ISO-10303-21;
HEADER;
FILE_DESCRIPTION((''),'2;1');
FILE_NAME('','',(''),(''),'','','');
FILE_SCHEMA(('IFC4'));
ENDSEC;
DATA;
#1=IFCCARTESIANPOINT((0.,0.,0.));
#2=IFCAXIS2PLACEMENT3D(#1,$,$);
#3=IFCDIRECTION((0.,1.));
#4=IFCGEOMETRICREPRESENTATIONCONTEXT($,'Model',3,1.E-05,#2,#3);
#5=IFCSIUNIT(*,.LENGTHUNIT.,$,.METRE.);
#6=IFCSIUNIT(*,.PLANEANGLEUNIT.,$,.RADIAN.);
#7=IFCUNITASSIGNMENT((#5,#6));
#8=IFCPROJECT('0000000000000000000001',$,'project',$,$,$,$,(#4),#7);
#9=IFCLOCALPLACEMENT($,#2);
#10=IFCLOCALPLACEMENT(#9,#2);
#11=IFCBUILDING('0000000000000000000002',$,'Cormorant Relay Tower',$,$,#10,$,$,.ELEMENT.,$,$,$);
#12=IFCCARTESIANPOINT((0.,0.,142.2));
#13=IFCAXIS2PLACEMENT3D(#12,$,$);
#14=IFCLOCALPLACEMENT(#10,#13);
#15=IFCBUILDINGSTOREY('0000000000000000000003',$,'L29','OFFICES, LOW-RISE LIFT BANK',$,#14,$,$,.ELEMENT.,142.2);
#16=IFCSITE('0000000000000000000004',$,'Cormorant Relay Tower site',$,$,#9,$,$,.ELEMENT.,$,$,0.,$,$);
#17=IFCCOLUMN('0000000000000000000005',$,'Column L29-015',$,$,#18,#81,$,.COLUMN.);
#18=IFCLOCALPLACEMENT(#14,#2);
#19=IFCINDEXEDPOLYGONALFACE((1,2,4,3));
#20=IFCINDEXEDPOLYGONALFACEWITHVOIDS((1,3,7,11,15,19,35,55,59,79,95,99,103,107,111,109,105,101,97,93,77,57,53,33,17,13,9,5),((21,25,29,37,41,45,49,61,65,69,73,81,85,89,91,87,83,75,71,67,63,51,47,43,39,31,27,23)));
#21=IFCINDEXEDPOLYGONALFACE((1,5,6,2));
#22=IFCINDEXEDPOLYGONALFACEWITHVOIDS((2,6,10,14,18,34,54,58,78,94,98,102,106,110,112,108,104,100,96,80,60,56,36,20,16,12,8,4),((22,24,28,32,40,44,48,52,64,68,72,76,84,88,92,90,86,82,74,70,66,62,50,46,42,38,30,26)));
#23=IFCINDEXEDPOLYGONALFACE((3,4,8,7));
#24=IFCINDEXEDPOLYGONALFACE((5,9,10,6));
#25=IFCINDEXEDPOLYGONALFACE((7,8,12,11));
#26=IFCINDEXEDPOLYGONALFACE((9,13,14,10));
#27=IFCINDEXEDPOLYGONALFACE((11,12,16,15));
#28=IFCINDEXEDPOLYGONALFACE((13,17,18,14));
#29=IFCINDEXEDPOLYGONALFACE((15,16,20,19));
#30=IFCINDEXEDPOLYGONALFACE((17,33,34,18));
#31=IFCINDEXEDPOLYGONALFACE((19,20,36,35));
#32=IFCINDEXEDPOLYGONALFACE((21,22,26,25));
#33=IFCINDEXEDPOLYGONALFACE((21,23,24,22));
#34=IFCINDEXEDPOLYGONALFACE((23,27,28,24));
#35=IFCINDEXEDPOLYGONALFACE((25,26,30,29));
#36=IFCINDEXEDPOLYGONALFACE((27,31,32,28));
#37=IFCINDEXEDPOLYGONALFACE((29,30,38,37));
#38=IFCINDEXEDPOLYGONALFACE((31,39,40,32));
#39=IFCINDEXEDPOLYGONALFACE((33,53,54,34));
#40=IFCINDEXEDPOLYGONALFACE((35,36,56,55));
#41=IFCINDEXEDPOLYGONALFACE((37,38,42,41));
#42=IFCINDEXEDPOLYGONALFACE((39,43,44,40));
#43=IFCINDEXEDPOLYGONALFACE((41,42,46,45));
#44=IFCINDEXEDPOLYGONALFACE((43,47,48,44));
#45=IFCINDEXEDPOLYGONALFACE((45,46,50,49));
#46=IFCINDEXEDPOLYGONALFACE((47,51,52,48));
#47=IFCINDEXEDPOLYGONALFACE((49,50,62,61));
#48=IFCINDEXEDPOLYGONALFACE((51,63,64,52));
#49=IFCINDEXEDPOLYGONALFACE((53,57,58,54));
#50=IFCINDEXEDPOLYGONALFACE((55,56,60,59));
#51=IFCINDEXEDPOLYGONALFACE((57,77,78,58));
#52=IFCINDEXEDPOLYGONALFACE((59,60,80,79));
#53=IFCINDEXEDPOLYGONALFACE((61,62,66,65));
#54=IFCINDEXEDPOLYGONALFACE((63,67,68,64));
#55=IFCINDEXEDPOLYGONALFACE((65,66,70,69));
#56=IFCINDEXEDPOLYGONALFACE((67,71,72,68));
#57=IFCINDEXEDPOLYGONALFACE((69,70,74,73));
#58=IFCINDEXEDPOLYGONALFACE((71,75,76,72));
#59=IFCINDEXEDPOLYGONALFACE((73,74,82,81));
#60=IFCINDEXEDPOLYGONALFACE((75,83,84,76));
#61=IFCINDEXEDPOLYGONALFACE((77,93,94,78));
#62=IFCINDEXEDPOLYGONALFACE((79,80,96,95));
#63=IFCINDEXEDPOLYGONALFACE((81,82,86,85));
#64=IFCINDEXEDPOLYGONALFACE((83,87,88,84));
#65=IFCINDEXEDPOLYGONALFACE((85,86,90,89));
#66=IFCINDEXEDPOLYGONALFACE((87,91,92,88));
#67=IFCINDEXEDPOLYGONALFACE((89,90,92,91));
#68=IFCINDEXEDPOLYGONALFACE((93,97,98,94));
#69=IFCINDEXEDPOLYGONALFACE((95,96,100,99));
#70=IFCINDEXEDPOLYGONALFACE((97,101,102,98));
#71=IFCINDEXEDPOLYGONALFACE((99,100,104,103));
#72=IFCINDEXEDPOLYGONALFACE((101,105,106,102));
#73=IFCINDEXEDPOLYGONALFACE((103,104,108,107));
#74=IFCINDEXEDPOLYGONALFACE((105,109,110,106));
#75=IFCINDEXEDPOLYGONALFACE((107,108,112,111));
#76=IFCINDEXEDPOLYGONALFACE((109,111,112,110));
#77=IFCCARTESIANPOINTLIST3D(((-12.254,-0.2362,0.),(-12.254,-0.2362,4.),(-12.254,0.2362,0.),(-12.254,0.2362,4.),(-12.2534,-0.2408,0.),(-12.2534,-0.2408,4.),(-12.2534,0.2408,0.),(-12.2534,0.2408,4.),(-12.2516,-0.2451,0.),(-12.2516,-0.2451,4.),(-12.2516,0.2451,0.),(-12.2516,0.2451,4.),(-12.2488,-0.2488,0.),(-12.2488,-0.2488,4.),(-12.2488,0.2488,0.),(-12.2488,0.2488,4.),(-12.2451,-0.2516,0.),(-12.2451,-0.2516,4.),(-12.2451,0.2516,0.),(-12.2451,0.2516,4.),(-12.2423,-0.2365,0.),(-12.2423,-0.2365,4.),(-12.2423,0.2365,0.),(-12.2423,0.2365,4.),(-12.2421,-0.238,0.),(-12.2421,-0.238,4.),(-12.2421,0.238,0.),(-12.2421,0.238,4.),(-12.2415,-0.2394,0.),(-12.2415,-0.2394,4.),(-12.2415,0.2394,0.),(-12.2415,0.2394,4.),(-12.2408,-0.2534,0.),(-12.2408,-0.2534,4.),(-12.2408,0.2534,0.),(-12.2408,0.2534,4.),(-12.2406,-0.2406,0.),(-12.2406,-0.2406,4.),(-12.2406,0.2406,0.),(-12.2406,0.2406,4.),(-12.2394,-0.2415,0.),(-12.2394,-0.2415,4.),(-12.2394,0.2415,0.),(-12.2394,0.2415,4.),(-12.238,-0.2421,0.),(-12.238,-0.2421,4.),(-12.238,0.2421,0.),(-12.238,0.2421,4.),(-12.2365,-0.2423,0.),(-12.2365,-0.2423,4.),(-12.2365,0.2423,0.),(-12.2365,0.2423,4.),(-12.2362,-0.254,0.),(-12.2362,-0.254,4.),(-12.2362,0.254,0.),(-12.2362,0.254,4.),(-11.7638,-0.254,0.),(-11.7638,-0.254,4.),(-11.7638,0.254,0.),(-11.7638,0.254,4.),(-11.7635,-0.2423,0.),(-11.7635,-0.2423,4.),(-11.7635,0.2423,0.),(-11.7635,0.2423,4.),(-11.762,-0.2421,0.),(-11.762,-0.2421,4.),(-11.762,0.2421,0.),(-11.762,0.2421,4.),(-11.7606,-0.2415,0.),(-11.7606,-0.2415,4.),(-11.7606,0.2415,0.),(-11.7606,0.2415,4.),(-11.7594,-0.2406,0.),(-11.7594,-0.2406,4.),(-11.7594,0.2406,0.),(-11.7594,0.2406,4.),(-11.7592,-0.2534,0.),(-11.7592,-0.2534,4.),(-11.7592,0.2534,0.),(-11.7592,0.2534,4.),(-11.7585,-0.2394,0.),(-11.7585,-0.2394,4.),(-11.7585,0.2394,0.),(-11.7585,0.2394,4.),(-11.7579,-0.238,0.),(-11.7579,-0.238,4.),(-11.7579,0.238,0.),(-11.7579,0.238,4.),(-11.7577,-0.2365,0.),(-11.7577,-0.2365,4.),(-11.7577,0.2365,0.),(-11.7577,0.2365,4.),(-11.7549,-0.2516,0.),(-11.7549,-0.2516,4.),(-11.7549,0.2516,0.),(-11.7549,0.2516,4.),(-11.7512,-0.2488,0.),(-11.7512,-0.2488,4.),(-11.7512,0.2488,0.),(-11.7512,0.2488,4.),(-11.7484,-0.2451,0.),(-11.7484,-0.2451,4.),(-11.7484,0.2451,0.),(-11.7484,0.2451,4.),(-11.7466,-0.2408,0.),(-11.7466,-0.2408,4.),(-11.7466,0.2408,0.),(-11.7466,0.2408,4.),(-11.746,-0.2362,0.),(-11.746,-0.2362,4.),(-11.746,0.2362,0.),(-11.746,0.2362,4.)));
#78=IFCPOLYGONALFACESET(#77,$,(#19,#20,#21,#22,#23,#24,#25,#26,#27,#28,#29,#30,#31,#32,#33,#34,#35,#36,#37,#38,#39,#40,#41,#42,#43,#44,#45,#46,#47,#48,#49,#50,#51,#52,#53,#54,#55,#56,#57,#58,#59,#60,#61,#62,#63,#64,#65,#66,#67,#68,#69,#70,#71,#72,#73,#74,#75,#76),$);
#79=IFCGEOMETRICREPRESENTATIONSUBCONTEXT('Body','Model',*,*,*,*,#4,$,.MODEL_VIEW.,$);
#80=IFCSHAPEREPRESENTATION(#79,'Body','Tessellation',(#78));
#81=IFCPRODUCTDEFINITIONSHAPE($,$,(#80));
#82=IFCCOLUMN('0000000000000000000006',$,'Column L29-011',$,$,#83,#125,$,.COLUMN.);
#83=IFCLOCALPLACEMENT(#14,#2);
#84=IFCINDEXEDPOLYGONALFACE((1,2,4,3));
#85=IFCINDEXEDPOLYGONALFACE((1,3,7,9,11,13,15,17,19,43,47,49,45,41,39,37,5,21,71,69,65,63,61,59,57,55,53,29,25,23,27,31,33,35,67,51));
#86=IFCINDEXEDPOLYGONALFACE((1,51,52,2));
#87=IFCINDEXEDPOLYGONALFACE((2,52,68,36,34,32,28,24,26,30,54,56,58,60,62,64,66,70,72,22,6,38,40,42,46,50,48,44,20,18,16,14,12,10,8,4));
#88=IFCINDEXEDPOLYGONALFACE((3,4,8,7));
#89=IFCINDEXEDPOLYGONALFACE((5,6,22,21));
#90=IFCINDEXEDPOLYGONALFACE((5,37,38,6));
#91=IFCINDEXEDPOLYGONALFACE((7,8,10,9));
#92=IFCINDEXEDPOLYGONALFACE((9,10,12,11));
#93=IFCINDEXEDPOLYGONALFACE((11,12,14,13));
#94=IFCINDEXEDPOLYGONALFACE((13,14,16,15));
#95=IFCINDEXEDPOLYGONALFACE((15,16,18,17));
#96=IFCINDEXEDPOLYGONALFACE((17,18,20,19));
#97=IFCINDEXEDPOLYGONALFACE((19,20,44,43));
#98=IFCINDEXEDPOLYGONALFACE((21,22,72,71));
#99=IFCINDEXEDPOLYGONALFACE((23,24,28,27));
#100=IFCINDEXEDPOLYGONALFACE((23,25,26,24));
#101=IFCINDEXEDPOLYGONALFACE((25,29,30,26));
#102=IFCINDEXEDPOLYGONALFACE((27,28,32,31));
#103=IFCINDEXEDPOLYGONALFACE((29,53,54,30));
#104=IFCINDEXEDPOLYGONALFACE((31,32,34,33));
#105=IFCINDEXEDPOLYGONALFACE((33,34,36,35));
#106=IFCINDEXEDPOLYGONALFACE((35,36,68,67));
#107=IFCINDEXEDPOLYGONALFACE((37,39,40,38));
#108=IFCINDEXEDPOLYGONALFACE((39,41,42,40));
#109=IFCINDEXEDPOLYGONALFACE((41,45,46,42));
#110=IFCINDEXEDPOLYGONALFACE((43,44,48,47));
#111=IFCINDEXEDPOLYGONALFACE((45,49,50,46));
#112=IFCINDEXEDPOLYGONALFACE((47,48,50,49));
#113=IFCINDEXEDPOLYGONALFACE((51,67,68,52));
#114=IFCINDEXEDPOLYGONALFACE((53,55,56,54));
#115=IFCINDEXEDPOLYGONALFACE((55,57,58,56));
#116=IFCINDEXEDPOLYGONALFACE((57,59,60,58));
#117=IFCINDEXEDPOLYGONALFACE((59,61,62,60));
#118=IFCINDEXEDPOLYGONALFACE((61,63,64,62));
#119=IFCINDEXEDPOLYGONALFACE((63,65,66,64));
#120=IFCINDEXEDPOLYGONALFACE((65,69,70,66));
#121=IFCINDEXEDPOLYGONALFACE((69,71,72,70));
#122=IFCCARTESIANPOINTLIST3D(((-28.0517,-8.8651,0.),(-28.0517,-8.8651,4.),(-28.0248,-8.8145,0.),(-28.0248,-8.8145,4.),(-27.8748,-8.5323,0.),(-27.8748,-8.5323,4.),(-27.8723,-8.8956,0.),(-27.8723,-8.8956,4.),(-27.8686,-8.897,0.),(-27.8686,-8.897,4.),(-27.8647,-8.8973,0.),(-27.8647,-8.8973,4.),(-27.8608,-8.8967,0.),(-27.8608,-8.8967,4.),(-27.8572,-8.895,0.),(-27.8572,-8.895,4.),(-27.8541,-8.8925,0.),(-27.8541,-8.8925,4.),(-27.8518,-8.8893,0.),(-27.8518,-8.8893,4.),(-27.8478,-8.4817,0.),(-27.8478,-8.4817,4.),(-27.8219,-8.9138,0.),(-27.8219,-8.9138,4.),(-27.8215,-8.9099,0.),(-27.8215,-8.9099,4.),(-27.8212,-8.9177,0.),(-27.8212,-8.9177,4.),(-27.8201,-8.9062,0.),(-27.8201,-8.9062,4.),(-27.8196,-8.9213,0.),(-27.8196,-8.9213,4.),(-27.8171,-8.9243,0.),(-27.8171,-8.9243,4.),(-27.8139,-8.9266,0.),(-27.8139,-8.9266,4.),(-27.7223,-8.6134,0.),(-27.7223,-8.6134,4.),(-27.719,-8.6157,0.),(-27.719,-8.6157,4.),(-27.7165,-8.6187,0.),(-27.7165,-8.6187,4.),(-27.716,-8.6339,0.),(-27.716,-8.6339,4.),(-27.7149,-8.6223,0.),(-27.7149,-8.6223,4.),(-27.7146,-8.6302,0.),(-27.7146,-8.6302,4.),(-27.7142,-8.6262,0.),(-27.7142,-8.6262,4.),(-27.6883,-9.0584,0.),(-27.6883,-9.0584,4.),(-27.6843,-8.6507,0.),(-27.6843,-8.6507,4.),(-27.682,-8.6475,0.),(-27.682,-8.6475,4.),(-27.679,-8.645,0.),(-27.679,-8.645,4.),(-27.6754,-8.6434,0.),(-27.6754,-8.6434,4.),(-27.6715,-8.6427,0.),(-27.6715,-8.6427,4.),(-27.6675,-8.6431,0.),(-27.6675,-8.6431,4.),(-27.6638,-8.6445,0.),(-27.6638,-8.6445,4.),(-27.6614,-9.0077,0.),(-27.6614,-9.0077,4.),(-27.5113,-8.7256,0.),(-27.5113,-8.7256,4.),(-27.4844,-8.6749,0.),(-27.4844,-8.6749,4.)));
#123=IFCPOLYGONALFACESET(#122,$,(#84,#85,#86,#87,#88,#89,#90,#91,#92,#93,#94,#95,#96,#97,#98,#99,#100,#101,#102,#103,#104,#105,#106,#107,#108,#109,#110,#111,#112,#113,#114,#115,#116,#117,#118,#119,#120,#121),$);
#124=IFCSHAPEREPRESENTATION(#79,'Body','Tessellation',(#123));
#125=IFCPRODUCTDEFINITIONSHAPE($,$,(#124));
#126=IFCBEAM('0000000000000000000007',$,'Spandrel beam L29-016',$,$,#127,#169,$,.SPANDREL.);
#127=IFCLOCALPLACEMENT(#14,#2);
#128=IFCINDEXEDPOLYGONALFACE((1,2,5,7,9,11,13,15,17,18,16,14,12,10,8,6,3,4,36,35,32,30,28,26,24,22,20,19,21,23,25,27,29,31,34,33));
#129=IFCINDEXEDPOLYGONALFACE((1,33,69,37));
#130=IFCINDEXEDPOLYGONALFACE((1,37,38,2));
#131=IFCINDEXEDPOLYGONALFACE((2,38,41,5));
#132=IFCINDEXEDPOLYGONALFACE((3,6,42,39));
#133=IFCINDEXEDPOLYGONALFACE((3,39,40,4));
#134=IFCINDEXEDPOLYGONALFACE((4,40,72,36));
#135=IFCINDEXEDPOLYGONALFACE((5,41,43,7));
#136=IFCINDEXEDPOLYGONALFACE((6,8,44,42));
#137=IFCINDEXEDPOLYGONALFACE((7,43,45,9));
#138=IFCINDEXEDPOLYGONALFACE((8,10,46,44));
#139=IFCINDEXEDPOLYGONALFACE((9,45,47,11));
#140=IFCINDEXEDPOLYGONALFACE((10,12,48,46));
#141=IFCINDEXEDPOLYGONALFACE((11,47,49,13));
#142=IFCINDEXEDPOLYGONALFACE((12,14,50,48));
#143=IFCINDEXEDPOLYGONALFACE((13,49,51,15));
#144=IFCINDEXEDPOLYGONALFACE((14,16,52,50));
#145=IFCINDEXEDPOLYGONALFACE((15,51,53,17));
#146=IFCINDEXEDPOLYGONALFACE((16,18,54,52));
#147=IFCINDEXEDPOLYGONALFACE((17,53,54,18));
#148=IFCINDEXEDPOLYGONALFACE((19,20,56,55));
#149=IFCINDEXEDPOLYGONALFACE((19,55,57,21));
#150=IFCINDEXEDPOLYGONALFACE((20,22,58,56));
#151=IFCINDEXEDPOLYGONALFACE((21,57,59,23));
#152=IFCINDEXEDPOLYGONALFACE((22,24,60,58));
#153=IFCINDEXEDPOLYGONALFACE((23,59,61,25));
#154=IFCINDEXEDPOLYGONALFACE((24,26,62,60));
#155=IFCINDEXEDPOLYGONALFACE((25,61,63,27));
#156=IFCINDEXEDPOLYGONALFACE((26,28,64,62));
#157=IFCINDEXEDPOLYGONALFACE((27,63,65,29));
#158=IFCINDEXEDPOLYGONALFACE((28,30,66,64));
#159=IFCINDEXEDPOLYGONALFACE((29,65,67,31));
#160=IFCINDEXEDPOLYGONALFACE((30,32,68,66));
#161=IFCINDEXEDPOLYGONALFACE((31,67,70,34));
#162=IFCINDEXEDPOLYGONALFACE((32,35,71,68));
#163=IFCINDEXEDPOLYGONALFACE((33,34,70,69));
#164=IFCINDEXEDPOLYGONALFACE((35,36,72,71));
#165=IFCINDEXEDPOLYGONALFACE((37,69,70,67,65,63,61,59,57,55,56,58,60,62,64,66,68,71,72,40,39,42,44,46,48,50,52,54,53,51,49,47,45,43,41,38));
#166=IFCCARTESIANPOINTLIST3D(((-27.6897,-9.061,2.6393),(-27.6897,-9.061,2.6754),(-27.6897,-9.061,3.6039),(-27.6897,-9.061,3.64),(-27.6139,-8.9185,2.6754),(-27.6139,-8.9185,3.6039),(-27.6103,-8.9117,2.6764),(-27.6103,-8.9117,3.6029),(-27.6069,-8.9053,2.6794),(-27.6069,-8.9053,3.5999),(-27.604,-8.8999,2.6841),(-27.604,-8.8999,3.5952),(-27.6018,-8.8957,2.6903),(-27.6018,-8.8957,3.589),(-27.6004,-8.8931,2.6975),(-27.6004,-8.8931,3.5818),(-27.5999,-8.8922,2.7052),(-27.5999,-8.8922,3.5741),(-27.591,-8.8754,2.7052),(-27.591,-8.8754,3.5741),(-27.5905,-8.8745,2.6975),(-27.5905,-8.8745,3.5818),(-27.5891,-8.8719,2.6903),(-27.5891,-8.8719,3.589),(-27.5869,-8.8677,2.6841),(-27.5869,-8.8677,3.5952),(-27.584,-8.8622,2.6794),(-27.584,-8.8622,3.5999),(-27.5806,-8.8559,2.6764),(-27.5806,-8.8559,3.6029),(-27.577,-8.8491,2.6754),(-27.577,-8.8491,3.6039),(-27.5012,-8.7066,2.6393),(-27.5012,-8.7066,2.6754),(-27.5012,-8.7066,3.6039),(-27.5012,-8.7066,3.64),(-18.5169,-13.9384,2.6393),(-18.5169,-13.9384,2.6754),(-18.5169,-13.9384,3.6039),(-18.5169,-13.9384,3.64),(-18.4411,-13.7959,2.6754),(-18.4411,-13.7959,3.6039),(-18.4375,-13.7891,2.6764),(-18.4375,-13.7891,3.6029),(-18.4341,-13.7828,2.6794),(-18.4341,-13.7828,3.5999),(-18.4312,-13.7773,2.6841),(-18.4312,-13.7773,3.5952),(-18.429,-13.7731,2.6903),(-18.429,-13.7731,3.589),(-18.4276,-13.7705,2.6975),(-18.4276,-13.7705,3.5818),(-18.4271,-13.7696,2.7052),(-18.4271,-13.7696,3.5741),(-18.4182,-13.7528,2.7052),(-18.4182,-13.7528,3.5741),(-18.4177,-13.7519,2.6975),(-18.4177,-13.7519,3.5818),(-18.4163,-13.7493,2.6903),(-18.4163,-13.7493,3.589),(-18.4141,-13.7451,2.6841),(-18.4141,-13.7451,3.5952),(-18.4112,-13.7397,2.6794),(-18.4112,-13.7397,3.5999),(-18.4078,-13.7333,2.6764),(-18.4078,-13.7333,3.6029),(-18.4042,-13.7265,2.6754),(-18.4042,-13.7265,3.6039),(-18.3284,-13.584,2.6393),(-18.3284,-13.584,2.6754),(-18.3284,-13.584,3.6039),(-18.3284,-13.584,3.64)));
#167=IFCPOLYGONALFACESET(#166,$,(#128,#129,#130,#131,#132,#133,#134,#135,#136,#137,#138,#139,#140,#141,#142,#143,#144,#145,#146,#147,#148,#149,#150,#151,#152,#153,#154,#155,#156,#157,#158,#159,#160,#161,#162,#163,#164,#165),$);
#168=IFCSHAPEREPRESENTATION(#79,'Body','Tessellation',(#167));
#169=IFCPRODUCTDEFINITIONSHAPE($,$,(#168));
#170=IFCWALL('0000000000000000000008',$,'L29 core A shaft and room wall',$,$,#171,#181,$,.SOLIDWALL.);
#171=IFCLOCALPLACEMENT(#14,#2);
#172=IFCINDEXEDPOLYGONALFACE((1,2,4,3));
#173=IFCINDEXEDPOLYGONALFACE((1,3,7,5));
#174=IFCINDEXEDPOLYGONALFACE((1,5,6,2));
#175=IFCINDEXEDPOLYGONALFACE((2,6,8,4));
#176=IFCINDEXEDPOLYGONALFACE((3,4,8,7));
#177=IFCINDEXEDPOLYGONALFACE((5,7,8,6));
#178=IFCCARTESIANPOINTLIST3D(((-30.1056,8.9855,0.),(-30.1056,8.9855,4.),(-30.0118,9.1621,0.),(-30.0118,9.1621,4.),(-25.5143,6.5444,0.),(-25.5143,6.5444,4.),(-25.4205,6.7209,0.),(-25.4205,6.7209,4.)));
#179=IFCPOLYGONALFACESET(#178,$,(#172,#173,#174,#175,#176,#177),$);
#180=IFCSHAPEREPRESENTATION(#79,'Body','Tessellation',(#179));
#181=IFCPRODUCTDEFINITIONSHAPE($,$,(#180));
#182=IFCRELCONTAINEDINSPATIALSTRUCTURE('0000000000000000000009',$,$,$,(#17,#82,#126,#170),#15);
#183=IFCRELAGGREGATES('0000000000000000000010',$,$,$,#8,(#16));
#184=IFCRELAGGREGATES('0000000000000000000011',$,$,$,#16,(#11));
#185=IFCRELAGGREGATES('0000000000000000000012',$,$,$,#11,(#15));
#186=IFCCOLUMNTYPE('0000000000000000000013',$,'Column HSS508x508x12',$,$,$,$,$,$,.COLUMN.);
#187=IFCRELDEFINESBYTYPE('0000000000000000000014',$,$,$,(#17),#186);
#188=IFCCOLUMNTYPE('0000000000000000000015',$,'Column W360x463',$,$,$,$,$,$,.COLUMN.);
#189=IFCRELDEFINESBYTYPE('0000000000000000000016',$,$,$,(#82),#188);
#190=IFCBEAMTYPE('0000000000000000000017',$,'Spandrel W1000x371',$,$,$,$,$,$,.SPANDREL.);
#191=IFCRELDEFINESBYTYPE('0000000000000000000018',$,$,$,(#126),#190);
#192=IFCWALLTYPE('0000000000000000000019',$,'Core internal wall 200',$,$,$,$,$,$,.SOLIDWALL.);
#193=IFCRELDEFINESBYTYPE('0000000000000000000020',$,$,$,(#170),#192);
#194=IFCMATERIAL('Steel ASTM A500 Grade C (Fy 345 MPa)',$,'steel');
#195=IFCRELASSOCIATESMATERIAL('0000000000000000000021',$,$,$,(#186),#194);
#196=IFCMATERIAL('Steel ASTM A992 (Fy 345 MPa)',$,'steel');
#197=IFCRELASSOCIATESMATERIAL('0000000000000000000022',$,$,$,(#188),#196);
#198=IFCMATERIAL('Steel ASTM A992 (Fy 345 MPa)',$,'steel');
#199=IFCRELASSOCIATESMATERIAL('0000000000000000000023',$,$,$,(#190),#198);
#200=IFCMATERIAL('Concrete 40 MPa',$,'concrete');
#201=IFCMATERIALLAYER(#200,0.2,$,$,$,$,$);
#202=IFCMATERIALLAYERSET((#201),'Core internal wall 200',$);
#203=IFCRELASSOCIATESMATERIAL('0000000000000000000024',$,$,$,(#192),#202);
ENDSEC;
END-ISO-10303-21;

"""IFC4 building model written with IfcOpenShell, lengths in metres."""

from ifc_helpers import new_model, si_unit, direction, frame, frame_2d, origin, origin_2d, place, context, subcontext, project, spatial, rectangle, hollow_rectangle, i_section, extrude, material, layer, layer_set, material_profile, profile_set, type_object, element, save


model = new_model("IFC4")

# Units and contexts
model_context = context("Model", 3, precision=1e-05, world=origin(), true_north=direction((0.0, 1.0)))
body_context = subcontext(model_context, "Body", "Model", "MODEL_VIEW")
ifc_project = project(units=[si_unit("LENGTHUNIT", "METRE"), si_unit("PLANEANGLEUNIT", "RADIAN")], contexts=[model_context])

# Site, building, storey
site_placement = place(None, origin())
site = spatial("IfcSite", under=ifc_project, at=site_placement, Name="Cormorant Relay Tower site", CompositionType="ELEMENT", RefElevation=0.0)
building_placement = place(site_placement, origin())
building = spatial("IfcBuilding", under=site, at=building_placement, Name="Cormorant Relay Tower", CompositionType="ELEMENT")
storey_placement = place(building_placement, frame((0.0, 0.0, 142.2)))
storey = spatial("IfcBuildingStorey", under=building, at=storey_placement, Name="L29", Description="OFFICES, LOW-RISE LIFT BANK", CompositionType="ELEMENT", Elevation=142.2)

# Columns
ifc_material_1 = material(Name="Steel ASTM A500 Grade C (Fy 345 MPa)", Category="steel")
ifc_material_profile_1 = material_profile(ifc_material_1, hollow_rectangle(XDim=0.5081, YDim=0.5081, WallThickness=0.0117, InnerFilletRadius=0.0059, OuterFilletRadius=0.0178, at=origin_2d()), Name="HSS508x508x12")
ifc_profile_set_1 = profile_set([ifc_material_profile_1], Name="Steel ASTM A500 Grade C (Fy 345 MPa)")
column_type_1 = type_object("IfcColumnType", Name="Column HSS508x508x12", PredefinedType="COLUMN", material=ifc_profile_set_1)
column_1_placement = place(storey_placement, frame((-12.0, 0.0, 0.0), z_axis=(0.0, 0.0, 1.0), x_axis=(1.0, 0.0, 0.0)))
element("IfcColumn", 1, at=column_1_placement, inside=storey, type_object=column_type_1, Name="Column L29-015", PredefinedType="COLUMN", context=body_context, shape_type="SweptSolid", body=[
    extrude(hollow_rectangle(XDim=0.5081, YDim=0.5081, WallThickness=0.0117, InnerFilletRadius=0.0059, OuterFilletRadius=0.0178, at=origin_2d()), origin(), (0.0, 0.0, 1.0), 4.0),
])
ifc_material_2 = material(Name="Steel ASTM A992 (Fy 345 MPa)", Category="steel")
ifc_material_profile_2 = material_profile(ifc_material_2, i_section(OverallWidth=0.4116, OverallDepth=0.4343, WebThickness=0.0359, FlangeThickness=0.0574, FilletRadius=0.0151, at=origin_2d()), Name="W360x463")
ifc_profile_set_2 = profile_set([ifc_material_profile_2], Name="Steel ASTM A992 (Fy 345 MPa)")
column_type_2 = type_object("IfcColumnType", Name="Column W360x463", PredefinedType="COLUMN", material=ifc_profile_set_2)
column_2_placement = place(storey_placement, frame((-27.7681, -8.77, 0.0), z_axis=(0.0, 0.0, 1.0), x_axis=(0.882948, -0.469472, 0.0)))
element("IfcColumn", 2, at=column_2_placement, inside=storey, type_object=column_type_2, Name="Column L29-011", PredefinedType="COLUMN", context=body_context, shape_type="SweptSolid", body=[
    extrude(i_section(OverallWidth=0.4116, OverallDepth=0.4343, WebThickness=0.0359, FlangeThickness=0.0574, FilletRadius=0.0151, at=origin_2d()), origin(), (0.0, 0.0, 1.0), 4.0),
])

# Beam
ifc_material_3 = material(Name="Steel ASTM A992 (Fy 345 MPa)", Category="steel")
ifc_material_profile_3 = material_profile(ifc_material_3, i_section(OverallWidth=0.4014, OverallDepth=1.0007, WebThickness=0.019, FlangeThickness=0.0361, FilletRadius=0.0298, at=origin_2d()), Name="W1000x371")
ifc_profile_set_3 = profile_set([ifc_material_profile_3], Name="Steel ASTM A992 (Fy 345 MPa)")
beam_type = type_object("IfcBeamType", Name="Spandrel W1000x371", PredefinedType="SPANDREL", material=ifc_profile_set_3)
beam_placement = place(storey_placement, frame((-27.5955, -8.8838, 3.1396), z_axis=(0.882942, -0.469483, 0.0), x_axis=(0.469483, 0.882942, 0.0)))
element("IfcBeam", 3, at=beam_placement, inside=storey, type_object=beam_type, Name="Spandrel beam L29-016", PredefinedType="SPANDREL", context=body_context, shape_type="SweptSolid", body=[
    extrude(i_section(OverallWidth=0.4014, OverallDepth=1.0007, WebThickness=0.019, FlangeThickness=0.0361, FilletRadius=0.0298, at=origin_2d()), origin(), (0.0, 0.0, 1.0), 10.3889),
])

# Wall
ifc_material_4 = material(Name="Concrete 40 MPa", Category="concrete")
ifc_layer_1 = layer(ifc_material_4, 0.2)
ifc_layer_set_1 = layer_set([ifc_layer_1], Name="Core internal wall 200")
wall_type_1 = type_object("IfcWallType", Name="Core internal wall 200", PredefinedType="SOLIDWALL", material=ifc_layer_set_1)
wall_1_placement = place(storey_placement, frame((-25.4673, 6.6326, 0.0), z_axis=(0.0, 0.0, 1.0), x_axis=(-0.882954, 0.46946, 0.0)))
element("IfcWall", 4, at=wall_1_placement, inside=storey, type_object=wall_type_1, Name="L29 core A shaft and room wall", PredefinedType="SOLIDWALL", context=body_context, shape_type="SweptSolid", body=[
    extrude(rectangle(XDim=5.2, YDim=0.2, at=frame_2d((2.6001, 0.0))), origin(), (0.0, 0.0, 1.0), 4.0),
])

save(model, "model.ifc")
